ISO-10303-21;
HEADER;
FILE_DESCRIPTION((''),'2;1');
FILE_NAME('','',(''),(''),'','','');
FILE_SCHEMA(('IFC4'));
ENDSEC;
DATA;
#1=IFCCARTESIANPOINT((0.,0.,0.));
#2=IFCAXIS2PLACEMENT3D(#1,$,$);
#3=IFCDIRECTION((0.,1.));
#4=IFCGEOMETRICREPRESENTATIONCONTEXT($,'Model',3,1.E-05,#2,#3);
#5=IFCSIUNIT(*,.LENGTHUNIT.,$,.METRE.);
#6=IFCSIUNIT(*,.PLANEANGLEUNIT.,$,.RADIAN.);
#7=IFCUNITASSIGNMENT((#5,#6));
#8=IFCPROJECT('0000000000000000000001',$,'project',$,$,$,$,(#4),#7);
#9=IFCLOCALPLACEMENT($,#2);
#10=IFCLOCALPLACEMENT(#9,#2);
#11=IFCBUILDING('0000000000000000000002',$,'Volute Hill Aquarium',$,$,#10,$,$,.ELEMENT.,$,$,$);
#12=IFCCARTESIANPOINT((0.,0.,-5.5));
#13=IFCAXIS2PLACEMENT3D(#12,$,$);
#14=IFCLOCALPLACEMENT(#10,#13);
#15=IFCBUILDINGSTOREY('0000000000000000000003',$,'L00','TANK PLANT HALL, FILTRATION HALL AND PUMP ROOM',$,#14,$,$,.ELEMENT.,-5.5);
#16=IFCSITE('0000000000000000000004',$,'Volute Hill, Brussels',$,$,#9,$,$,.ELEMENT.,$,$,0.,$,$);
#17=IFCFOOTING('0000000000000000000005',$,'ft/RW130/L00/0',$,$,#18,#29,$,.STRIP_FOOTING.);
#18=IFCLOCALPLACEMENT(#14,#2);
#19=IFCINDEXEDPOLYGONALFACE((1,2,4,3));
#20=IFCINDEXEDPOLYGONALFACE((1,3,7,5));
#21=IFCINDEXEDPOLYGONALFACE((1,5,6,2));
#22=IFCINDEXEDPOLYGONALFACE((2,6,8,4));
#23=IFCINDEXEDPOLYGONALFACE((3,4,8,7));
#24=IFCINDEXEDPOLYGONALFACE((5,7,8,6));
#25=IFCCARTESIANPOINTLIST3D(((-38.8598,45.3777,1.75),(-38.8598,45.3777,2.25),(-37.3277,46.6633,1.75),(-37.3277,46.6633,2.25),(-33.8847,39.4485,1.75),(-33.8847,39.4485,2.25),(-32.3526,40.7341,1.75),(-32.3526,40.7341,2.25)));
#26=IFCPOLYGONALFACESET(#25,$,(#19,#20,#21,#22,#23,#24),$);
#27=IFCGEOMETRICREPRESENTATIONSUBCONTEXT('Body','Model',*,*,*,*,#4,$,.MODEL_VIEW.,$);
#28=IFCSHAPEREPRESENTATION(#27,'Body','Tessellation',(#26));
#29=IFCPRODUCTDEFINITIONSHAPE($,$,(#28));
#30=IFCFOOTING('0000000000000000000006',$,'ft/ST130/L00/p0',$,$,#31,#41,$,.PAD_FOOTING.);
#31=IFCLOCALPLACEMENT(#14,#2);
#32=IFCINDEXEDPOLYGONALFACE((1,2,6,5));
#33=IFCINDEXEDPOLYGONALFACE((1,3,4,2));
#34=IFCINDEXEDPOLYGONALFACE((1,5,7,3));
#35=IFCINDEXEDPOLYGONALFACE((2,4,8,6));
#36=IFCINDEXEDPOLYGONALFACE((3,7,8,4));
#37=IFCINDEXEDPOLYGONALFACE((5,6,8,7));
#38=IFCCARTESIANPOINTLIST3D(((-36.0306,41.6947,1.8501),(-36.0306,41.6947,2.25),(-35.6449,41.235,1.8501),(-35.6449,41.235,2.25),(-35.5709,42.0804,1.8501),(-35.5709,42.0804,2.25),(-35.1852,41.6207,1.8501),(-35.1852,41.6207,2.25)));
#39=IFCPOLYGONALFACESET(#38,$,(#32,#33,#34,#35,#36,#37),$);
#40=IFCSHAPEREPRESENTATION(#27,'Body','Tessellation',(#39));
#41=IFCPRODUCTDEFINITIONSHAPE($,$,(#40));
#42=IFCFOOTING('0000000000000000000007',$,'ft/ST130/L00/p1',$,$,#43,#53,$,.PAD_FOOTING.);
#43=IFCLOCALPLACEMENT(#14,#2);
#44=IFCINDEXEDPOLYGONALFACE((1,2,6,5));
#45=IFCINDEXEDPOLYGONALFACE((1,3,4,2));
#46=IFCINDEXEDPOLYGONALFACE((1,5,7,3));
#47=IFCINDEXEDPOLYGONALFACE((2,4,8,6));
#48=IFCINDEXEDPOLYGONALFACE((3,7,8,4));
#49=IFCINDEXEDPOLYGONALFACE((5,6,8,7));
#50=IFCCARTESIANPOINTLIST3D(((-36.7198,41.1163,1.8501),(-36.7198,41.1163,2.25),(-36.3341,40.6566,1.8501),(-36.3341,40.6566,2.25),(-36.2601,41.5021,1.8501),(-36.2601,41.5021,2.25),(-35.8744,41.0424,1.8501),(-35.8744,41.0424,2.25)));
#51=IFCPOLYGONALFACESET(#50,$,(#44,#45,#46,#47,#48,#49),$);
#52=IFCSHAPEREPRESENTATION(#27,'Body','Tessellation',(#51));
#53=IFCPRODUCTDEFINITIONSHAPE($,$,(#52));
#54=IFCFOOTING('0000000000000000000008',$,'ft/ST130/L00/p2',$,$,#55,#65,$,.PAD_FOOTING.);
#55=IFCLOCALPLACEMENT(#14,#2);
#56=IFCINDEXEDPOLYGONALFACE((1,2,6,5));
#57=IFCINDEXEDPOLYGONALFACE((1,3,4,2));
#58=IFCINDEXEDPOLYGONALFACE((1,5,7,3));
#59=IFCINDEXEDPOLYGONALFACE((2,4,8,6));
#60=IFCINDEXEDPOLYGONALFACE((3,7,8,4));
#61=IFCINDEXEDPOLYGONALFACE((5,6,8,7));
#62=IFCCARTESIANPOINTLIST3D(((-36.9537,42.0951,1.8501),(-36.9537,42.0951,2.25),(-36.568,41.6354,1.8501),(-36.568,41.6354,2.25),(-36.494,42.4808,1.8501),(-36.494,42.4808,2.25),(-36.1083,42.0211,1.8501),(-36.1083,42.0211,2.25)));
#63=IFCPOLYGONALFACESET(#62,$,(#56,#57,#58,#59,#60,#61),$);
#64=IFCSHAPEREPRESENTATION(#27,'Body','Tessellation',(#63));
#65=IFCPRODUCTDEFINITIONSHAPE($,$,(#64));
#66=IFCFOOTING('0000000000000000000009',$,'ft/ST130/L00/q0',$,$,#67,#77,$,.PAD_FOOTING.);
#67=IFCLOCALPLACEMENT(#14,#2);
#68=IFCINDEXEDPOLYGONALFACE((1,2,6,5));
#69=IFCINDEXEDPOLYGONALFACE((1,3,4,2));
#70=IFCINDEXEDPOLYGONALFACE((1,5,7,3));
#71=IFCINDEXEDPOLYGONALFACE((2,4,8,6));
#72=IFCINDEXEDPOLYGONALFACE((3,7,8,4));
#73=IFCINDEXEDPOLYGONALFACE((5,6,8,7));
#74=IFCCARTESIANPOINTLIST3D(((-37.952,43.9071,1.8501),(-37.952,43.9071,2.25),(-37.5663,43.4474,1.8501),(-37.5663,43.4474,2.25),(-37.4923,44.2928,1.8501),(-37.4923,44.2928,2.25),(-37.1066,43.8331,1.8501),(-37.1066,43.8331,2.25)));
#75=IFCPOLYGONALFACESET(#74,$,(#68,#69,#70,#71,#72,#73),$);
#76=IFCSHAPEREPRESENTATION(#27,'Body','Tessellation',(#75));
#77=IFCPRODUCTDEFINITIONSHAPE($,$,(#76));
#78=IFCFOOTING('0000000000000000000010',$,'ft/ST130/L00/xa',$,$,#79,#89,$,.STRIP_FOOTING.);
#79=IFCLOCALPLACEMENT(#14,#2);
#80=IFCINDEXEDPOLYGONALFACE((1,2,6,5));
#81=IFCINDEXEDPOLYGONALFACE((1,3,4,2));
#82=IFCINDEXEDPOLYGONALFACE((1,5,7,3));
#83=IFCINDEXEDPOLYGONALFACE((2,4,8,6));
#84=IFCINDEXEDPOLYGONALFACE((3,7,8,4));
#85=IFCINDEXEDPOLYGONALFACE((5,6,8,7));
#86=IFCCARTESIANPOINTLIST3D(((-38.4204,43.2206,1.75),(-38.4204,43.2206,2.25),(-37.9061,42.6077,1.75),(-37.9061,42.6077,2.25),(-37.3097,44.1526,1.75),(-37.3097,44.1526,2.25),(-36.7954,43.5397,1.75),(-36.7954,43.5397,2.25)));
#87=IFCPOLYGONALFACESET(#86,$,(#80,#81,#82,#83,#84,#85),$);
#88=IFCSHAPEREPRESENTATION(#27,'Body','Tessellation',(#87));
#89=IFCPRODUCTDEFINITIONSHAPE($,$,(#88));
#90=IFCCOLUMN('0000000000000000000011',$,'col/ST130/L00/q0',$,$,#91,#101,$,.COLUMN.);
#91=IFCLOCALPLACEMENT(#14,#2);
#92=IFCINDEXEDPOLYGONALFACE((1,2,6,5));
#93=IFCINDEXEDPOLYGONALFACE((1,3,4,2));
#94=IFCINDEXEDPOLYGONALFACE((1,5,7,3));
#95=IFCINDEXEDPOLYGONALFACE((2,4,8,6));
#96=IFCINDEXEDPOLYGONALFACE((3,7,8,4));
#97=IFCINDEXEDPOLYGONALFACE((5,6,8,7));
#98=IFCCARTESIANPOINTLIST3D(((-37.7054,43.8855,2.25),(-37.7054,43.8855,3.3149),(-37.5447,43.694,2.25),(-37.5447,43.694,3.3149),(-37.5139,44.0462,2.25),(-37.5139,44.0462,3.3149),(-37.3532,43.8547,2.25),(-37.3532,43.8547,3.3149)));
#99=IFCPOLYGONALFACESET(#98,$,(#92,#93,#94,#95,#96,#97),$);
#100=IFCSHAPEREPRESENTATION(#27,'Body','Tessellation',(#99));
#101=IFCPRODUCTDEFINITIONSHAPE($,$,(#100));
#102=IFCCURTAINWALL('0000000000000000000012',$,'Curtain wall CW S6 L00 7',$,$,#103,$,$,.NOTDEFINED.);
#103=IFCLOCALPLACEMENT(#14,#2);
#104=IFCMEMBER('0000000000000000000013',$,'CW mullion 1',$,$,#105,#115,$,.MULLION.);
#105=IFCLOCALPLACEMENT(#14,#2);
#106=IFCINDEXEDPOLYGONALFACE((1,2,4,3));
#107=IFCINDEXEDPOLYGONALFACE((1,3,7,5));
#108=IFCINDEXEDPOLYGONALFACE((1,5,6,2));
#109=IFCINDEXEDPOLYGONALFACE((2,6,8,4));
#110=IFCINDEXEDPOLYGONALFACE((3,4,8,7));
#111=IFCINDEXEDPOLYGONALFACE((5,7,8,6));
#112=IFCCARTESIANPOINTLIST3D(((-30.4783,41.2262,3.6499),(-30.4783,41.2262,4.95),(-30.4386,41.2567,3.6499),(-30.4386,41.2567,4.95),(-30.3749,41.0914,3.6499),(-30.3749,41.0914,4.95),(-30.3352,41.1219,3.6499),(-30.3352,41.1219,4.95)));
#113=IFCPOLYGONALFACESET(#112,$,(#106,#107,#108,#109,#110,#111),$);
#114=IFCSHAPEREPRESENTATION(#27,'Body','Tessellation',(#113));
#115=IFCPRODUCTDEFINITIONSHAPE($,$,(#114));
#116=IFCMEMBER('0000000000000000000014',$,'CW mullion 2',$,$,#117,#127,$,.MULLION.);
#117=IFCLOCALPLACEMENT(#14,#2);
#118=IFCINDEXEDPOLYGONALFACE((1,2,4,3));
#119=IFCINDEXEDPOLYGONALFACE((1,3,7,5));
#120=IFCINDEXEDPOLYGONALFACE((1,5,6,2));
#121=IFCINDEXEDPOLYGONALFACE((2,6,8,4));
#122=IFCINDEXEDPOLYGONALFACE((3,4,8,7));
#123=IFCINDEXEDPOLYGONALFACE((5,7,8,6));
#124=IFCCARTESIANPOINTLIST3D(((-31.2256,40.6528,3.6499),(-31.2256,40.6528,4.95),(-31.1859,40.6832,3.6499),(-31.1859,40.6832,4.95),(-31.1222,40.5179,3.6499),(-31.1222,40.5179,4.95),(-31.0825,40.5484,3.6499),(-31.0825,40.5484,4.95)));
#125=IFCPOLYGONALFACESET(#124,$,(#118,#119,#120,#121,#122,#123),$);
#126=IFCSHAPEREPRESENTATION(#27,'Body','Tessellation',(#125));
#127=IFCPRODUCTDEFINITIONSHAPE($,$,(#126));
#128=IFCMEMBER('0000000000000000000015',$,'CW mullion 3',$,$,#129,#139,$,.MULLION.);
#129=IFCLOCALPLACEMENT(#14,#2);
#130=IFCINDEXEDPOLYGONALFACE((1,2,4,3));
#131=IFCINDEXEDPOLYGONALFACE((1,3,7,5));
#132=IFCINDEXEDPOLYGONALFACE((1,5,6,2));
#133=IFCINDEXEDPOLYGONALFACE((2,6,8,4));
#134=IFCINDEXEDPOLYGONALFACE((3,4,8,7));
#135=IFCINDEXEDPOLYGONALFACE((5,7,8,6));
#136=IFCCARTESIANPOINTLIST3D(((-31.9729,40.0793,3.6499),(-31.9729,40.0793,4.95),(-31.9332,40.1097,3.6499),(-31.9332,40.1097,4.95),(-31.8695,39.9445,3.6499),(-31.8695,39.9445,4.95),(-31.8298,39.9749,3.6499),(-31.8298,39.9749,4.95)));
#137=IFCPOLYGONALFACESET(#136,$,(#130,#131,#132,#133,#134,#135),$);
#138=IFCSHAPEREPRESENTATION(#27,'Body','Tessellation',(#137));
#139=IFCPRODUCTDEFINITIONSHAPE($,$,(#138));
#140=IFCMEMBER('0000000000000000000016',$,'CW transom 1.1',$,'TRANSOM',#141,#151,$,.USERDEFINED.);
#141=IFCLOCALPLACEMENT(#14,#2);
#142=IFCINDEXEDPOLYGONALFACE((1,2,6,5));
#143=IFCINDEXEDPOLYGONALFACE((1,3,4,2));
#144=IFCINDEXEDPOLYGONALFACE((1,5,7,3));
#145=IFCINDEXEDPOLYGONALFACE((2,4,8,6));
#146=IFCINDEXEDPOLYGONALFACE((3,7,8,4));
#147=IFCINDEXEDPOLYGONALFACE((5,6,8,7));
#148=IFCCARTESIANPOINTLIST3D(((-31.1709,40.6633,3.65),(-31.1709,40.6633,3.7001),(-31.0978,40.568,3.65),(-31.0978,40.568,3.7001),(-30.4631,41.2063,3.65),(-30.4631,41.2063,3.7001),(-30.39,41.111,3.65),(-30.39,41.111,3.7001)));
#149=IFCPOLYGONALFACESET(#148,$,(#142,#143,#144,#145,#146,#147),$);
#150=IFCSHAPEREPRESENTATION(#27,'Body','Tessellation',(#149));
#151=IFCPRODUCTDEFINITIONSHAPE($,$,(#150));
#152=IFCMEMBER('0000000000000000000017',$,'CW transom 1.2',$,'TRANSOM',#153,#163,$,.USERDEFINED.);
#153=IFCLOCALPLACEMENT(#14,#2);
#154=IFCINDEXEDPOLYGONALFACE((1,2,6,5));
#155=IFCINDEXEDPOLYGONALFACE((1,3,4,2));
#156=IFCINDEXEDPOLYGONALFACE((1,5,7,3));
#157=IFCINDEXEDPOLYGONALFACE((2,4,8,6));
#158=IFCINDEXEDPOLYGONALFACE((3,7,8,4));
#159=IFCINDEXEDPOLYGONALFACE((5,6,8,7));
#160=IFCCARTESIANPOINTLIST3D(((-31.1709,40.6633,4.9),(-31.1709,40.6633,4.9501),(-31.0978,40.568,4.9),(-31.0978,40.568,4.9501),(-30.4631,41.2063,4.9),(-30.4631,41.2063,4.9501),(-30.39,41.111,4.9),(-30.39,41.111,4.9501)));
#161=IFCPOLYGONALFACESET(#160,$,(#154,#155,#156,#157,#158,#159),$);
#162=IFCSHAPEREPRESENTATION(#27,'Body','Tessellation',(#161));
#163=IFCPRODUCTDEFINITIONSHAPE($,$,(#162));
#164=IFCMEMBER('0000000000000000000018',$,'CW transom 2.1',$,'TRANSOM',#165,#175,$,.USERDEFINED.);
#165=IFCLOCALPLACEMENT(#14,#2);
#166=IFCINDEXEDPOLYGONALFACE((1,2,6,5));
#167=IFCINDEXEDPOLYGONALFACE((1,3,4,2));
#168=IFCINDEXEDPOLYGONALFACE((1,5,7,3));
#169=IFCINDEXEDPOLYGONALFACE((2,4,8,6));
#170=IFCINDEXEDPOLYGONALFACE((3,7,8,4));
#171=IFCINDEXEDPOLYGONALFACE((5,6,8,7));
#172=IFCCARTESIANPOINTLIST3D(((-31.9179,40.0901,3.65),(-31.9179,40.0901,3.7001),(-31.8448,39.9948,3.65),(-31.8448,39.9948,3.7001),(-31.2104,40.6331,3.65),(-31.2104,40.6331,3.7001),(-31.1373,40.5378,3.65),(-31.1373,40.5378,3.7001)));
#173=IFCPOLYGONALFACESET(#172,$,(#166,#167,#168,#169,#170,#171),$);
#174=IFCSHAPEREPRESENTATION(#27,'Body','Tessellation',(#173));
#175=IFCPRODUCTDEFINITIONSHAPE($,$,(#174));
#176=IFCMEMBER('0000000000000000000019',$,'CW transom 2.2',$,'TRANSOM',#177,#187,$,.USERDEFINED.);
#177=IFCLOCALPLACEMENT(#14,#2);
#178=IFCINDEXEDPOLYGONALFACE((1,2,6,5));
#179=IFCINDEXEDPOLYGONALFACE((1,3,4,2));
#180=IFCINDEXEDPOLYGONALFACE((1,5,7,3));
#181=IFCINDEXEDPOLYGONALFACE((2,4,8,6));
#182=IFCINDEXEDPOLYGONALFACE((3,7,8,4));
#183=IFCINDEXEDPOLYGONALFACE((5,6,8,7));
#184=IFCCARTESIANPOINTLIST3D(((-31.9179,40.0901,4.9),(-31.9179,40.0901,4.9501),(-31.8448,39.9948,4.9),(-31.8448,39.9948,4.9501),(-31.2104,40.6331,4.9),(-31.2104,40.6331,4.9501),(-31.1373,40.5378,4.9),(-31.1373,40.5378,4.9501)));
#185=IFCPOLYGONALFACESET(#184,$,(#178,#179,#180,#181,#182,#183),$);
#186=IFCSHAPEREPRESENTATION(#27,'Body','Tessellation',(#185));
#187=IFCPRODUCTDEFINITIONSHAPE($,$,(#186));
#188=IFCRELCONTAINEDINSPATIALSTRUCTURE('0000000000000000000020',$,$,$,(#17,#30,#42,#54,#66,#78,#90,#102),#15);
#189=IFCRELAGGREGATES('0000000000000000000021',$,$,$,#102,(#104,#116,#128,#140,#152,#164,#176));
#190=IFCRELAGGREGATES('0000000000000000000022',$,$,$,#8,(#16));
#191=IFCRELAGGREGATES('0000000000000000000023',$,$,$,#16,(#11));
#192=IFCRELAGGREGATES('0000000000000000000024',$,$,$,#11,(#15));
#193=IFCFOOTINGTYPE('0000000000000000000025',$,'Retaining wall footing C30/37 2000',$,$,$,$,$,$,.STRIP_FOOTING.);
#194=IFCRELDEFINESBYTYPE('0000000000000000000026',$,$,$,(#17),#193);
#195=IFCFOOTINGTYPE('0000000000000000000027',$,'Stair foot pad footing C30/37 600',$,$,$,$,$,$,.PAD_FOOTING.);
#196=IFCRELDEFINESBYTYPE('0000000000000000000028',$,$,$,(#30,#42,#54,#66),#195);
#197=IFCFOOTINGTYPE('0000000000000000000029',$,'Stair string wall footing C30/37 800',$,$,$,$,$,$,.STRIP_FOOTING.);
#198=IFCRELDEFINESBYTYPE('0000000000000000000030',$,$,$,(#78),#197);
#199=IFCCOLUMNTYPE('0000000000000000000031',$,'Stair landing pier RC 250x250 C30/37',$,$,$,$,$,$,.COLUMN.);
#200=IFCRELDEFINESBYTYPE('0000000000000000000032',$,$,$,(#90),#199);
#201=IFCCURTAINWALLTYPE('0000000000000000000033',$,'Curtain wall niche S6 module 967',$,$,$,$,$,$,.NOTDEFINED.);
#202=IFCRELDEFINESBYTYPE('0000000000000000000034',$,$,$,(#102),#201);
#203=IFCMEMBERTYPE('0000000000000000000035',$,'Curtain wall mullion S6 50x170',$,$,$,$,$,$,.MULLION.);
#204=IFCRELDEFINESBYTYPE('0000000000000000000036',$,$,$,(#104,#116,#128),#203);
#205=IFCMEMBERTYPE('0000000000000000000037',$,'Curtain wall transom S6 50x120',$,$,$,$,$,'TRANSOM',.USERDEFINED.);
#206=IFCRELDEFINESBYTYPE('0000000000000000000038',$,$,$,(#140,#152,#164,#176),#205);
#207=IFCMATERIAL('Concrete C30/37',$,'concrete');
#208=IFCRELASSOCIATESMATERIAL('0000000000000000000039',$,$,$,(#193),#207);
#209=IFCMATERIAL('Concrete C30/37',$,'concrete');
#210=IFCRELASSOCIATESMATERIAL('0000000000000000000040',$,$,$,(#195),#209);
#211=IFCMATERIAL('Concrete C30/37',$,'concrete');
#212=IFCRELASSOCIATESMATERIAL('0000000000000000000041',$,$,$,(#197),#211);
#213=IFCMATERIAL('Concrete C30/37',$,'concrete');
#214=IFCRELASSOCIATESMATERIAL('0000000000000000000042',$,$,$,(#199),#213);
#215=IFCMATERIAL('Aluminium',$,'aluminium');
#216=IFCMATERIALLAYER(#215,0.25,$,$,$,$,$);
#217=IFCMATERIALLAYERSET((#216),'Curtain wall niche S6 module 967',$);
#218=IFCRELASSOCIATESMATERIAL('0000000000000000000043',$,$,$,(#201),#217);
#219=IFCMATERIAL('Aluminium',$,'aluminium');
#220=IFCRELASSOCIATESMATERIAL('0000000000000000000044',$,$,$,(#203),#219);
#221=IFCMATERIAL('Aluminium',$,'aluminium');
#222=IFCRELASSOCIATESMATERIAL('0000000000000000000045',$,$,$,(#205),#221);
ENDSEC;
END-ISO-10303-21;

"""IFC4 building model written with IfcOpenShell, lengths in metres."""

from ifc_helpers import new_model, si_unit, direction, frame, origin, origin_2d, place, context, subcontext, project, spatial, rectangle, extrude, material, layer, layer_set, material_profile, profile_set, type_object, element, aggregate, save


model = new_model("IFC4")

# Units and contexts
model_context = context("Model", 3, precision=1e-05, world=origin(), true_north=direction((0.0, 1.0)))
body_context = subcontext(model_context, "Body", "Model", "MODEL_VIEW")
ifc_project = project(units=[si_unit("LENGTHUNIT", "METRE"), si_unit("PLANEANGLEUNIT", "RADIAN")], contexts=[model_context])

# Site, building, storey
site_placement = place(None, origin())
site = spatial("IfcSite", under=ifc_project, at=site_placement, Name="Volute Hill, Brussels", CompositionType="ELEMENT", RefElevation=0.0)
building_placement = place(site_placement, origin())
building = spatial("IfcBuilding", under=site, at=building_placement, Name="Volute Hill Aquarium", CompositionType="ELEMENT")
storey_placement = place(building_placement, frame((0.0, 0.0, -5.5)))
storey = spatial("IfcBuildingStorey", under=building, at=storey_placement, Name="L00", Description="TANK PLANT HALL, FILTRATION HALL AND PUMP ROOM", CompositionType="ELEMENT", Elevation=-5.5)

# Footings
ifc_material_1 = material(Name="Concrete C30/37", Category="concrete")
footing_type_1 = type_object("IfcFootingType", Name="Retaining wall footing C30/37 2000", PredefinedType="STRIP_FOOTING", material=ifc_material_1)
footing_1_placement = place(storey_placement, frame((-35.6062, 43.0559, 1.75), z_axis=(0.0, 0.0, 1.0), x_axis=(-0.642788, 0.766044, 0.0)))
element("IfcFooting", 1, at=footing_1_placement, inside=storey, type_object=footing_type_1, Name="ft/RW130/L00/0", PredefinedType="STRIP_FOOTING", context=body_context, shape_type="SweptSolid", body=[
    extrude(rectangle(XDim=7.74, YDim=2.0, at=origin_2d()), origin(), (0.0, 0.0, 1.0), 0.5),
])
ifc_material_2 = material(Name="Concrete C30/37", Category="concrete")
footing_type_2 = type_object("IfcFootingType", Name="Stair foot pad footing C30/37 600", PredefinedType="PAD_FOOTING", material=ifc_material_2)
for number, where, z_axis, x_axis, name in (
    (2, (-35.6079, 41.6577, 1.8501), (0.0, 0.0, 1.0), (-0.642788, 0.766044, 0.0), "ft/ST130/L00/p0"),
    (3, (-36.2971, 41.0793, 1.8501), (0.0, 0.0, 1.0), (-0.642788, 0.766044, 0.0), "ft/ST130/L00/p1"),
    (4, (-36.531, 42.0581, 1.8501), (0.0, 0.0, 1.0), (-0.642788, 0.766044, 0.0), "ft/ST130/L00/p2"),
    (5, (-37.5293, 43.8701, 1.8501), (0.0, 0.0, 1.0), (-0.642788, 0.766044, 0.0), "ft/ST130/L00/q0"),
):
    element("IfcFooting", number, at=place(storey_placement, frame(where, z_axis=z_axis, x_axis=x_axis)), inside=storey, type_object=footing_type_2, Name=name, PredefinedType="PAD_FOOTING", context=body_context, shape_type="SweptSolid", body=[
        extrude(rectangle(XDim=0.6001, YDim=0.6001, at=origin_2d()), origin(), (0.0, 0.0, 1.0), 0.3999),
    ])
ifc_material_3 = material(Name="Concrete C30/37", Category="concrete")
footing_type_3 = type_object("IfcFootingType", Name="Stair string wall footing C30/37 800", PredefinedType="STRIP_FOOTING", material=ifc_material_3)
footing_2_placement = place(storey_placement, frame((-37.6079, 43.3801, 1.75), z_axis=(0.0, 0.0, 1.0), x_axis=(-0.766044, -0.642788, 0.0)))
element("IfcFooting", 6, at=footing_2_placement, inside=storey, type_object=footing_type_3, Name="ft/ST130/L00/xa", PredefinedType="STRIP_FOOTING", context=body_context, shape_type="SweptSolid", body=[
    extrude(rectangle(XDim=1.45, YDim=0.8, at=origin_2d()), origin(), (0.0, 0.0, 1.0), 0.5),
])

# Column
ifc_material_4 = material(Name="Concrete C30/37", Category="concrete")
ifc_material_profile_1 = material_profile(ifc_material_4, rectangle(XDim=0.25, YDim=0.25, at=origin_2d()), Name="RC pier 250x250")
ifc_profile_set_1 = profile_set([ifc_material_profile_1], Name="Concrete C30/37")
column_type = type_object("IfcColumnType", Name="Stair landing pier RC 250x250 C30/37", PredefinedType="COLUMN", material=ifc_profile_set_1)
column_placement = place(storey_placement, frame((-37.5293, 43.8701, 2.25), z_axis=(0.0, 0.0, 1.0), x_axis=(-0.642788, 0.766044, 0.0)))
element("IfcColumn", 7, at=column_placement, inside=storey, type_object=column_type, Name="col/ST130/L00/q0", PredefinedType="COLUMN", context=body_context, shape_type="SweptSolid", body=[
    extrude(rectangle(XDim=0.25, YDim=0.25, at=origin_2d()), origin(), (0.0, 0.0, 1.0), 1.0649),
])

# Curtain wall, members
ifc_material_5 = material(Name="Aluminium", Category="aluminium")
ifc_layer_1 = layer(ifc_material_5, 0.25)
ifc_layer_set_1 = layer_set([ifc_layer_1], Name="Curtain wall niche S6 module 967")
curtain_wall_type = type_object("IfcCurtainWallType", Name="Curtain wall niche S6 module 967", PredefinedType="NOTDEFINED", material=ifc_layer_set_1)
curtain_wall_placement = place(storey_placement, origin())
curtain_wall = element("IfcCurtainWall", 8, at=curtain_wall_placement, inside=storey, type_object=curtain_wall_type, Name="Curtain wall CW S6 L00 7", PredefinedType="NOTDEFINED")
ifc_material_6 = material(Name="Aluminium", Category="aluminium")
ifc_material_profile_2 = material_profile(ifc_material_6, rectangle(XDim=0.1699, YDim=0.05, at=origin_2d()), Name="Curtain wall mullion S6 50x170")
ifc_profile_set_2 = profile_set([ifc_material_profile_2], Name="Aluminium")
member_type_1 = type_object("IfcMemberType", Name="Curtain wall mullion S6 50x170", PredefinedType="MULLION", material=ifc_profile_set_2)
member_1_placement = place(storey_placement, frame((-30.4067, 41.1741, 3.6499), z_axis=(0.0, 0.0, 1.0), x_axis=(0.608769, -0.793348, 0.0)))
member_1 = element("IfcMember", 9, at=member_1_placement, type_object=member_type_1, Name="CW mullion 1", PredefinedType="MULLION", context=body_context, shape_type="SweptSolid", body=[
    extrude(rectangle(XDim=0.1699, YDim=0.05, at=origin_2d()), origin(), (0.0, 0.0, 1.0), 1.3),
])
member_2_placement = place(storey_placement, frame((-31.1541, 40.6006, 3.6499), z_axis=(0.0, 0.0, 1.0), x_axis=(0.608769, -0.793348, 0.0)))
member_2 = element("IfcMember", 10, at=member_2_placement, type_object=member_type_1, Name="CW mullion 2", PredefinedType="MULLION", context=body_context, shape_type="SweptSolid", body=[
    extrude(rectangle(XDim=0.1699, YDim=0.05, at=origin_2d()), origin(), (0.0, 0.0, 1.0), 1.3),
])
member_3_placement = place(storey_placement, frame((-31.9014, 40.0271, 3.6499), z_axis=(0.0, 0.0, 1.0), x_axis=(0.608769, -0.793348, 0.0)))
member_3 = element("IfcMember", 11, at=member_3_placement, type_object=member_type_1, Name="CW mullion 3", PredefinedType="MULLION", context=body_context, shape_type="SweptSolid", body=[
    extrude(rectangle(XDim=0.1699, YDim=0.05, at=origin_2d()), origin(), (0.0, 0.0, 1.0), 1.3),
])
ifc_material_7 = material(Name="Aluminium", Category="aluminium")
ifc_material_profile_3 = material_profile(ifc_material_7, rectangle(XDim=0.1201, YDim=0.05, at=origin_2d()), Name="Curtain wall transom S6 50x120")
ifc_profile_set_3 = profile_set([ifc_material_profile_3], Name="Aluminium")
member_type_2 = type_object("IfcMemberType", Name="Curtain wall transom S6 50x120", ElementType="TRANSOM", PredefinedType="USERDEFINED", material=ifc_profile_set_3)
member_4_placement = place(storey_placement, frame((-30.4265, 41.1587, 3.675), z_axis=(-0.793417, -0.608679, 0.0), x_axis=(0.608679, -0.793417, 0.0)))
member_4 = element("IfcMember", 12, at=member_4_placement, type_object=member_type_2, Name="CW transom 1.1", ObjectType="TRANSOM", PredefinedType="USERDEFINED", context=body_context, shape_type="SweptSolid", body=[
    extrude(rectangle(XDim=0.1201, YDim=0.05, at=origin_2d()), origin(), (0.0, 0.0, 1.0), 0.8921),
])
member_5_placement = place(storey_placement, frame((-30.4265, 41.1587, 4.925), z_axis=(-0.793417, -0.608679, 0.0), x_axis=(0.608679, -0.793417, 0.0)))
member_5 = element("IfcMember", 13, at=member_5_placement, type_object=member_type_2, Name="CW transom 1.2", ObjectType="TRANSOM", PredefinedType="USERDEFINED", context=body_context, shape_type="SweptSolid", body=[
    extrude(rectangle(XDim=0.1201, YDim=0.05, at=origin_2d()), origin(), (0.0, 0.0, 1.0), 0.8921),
])
member_6_placement = place(storey_placement, frame((-31.1738, 40.5854, 3.675), z_axis=(-0.793315, -0.608811, 0.0), x_axis=(0.608811, -0.793315, 0.0)))
member_6 = element("IfcMember", 14, at=member_6_placement, type_object=member_type_2, Name="CW transom 2.1", ObjectType="TRANSOM", PredefinedType="USERDEFINED", context=body_context, shape_type="SweptSolid", body=[
    extrude(rectangle(XDim=0.1201, YDim=0.05, at=origin_2d()), origin(), (0.0, 0.0, 1.0), 0.8918),
])
member_7_placement = place(storey_placement, frame((-31.1738, 40.5854, 4.925), z_axis=(-0.793315, -0.608811, 0.0), x_axis=(0.608811, -0.793315, 0.0)))
member_7 = element("IfcMember", 15, at=member_7_placement, type_object=member_type_2, Name="CW transom 2.2", ObjectType="TRANSOM", PredefinedType="USERDEFINED", context=body_context, shape_type="SweptSolid", body=[
    extrude(rectangle(XDim=0.1201, YDim=0.05, at=origin_2d()), origin(), (0.0, 0.0, 1.0), 0.8918),
])

aggregate(curtain_wall, [member_1, member_2, member_3, member_4, member_5, member_6, member_7])

save(model, "model.ifc")
